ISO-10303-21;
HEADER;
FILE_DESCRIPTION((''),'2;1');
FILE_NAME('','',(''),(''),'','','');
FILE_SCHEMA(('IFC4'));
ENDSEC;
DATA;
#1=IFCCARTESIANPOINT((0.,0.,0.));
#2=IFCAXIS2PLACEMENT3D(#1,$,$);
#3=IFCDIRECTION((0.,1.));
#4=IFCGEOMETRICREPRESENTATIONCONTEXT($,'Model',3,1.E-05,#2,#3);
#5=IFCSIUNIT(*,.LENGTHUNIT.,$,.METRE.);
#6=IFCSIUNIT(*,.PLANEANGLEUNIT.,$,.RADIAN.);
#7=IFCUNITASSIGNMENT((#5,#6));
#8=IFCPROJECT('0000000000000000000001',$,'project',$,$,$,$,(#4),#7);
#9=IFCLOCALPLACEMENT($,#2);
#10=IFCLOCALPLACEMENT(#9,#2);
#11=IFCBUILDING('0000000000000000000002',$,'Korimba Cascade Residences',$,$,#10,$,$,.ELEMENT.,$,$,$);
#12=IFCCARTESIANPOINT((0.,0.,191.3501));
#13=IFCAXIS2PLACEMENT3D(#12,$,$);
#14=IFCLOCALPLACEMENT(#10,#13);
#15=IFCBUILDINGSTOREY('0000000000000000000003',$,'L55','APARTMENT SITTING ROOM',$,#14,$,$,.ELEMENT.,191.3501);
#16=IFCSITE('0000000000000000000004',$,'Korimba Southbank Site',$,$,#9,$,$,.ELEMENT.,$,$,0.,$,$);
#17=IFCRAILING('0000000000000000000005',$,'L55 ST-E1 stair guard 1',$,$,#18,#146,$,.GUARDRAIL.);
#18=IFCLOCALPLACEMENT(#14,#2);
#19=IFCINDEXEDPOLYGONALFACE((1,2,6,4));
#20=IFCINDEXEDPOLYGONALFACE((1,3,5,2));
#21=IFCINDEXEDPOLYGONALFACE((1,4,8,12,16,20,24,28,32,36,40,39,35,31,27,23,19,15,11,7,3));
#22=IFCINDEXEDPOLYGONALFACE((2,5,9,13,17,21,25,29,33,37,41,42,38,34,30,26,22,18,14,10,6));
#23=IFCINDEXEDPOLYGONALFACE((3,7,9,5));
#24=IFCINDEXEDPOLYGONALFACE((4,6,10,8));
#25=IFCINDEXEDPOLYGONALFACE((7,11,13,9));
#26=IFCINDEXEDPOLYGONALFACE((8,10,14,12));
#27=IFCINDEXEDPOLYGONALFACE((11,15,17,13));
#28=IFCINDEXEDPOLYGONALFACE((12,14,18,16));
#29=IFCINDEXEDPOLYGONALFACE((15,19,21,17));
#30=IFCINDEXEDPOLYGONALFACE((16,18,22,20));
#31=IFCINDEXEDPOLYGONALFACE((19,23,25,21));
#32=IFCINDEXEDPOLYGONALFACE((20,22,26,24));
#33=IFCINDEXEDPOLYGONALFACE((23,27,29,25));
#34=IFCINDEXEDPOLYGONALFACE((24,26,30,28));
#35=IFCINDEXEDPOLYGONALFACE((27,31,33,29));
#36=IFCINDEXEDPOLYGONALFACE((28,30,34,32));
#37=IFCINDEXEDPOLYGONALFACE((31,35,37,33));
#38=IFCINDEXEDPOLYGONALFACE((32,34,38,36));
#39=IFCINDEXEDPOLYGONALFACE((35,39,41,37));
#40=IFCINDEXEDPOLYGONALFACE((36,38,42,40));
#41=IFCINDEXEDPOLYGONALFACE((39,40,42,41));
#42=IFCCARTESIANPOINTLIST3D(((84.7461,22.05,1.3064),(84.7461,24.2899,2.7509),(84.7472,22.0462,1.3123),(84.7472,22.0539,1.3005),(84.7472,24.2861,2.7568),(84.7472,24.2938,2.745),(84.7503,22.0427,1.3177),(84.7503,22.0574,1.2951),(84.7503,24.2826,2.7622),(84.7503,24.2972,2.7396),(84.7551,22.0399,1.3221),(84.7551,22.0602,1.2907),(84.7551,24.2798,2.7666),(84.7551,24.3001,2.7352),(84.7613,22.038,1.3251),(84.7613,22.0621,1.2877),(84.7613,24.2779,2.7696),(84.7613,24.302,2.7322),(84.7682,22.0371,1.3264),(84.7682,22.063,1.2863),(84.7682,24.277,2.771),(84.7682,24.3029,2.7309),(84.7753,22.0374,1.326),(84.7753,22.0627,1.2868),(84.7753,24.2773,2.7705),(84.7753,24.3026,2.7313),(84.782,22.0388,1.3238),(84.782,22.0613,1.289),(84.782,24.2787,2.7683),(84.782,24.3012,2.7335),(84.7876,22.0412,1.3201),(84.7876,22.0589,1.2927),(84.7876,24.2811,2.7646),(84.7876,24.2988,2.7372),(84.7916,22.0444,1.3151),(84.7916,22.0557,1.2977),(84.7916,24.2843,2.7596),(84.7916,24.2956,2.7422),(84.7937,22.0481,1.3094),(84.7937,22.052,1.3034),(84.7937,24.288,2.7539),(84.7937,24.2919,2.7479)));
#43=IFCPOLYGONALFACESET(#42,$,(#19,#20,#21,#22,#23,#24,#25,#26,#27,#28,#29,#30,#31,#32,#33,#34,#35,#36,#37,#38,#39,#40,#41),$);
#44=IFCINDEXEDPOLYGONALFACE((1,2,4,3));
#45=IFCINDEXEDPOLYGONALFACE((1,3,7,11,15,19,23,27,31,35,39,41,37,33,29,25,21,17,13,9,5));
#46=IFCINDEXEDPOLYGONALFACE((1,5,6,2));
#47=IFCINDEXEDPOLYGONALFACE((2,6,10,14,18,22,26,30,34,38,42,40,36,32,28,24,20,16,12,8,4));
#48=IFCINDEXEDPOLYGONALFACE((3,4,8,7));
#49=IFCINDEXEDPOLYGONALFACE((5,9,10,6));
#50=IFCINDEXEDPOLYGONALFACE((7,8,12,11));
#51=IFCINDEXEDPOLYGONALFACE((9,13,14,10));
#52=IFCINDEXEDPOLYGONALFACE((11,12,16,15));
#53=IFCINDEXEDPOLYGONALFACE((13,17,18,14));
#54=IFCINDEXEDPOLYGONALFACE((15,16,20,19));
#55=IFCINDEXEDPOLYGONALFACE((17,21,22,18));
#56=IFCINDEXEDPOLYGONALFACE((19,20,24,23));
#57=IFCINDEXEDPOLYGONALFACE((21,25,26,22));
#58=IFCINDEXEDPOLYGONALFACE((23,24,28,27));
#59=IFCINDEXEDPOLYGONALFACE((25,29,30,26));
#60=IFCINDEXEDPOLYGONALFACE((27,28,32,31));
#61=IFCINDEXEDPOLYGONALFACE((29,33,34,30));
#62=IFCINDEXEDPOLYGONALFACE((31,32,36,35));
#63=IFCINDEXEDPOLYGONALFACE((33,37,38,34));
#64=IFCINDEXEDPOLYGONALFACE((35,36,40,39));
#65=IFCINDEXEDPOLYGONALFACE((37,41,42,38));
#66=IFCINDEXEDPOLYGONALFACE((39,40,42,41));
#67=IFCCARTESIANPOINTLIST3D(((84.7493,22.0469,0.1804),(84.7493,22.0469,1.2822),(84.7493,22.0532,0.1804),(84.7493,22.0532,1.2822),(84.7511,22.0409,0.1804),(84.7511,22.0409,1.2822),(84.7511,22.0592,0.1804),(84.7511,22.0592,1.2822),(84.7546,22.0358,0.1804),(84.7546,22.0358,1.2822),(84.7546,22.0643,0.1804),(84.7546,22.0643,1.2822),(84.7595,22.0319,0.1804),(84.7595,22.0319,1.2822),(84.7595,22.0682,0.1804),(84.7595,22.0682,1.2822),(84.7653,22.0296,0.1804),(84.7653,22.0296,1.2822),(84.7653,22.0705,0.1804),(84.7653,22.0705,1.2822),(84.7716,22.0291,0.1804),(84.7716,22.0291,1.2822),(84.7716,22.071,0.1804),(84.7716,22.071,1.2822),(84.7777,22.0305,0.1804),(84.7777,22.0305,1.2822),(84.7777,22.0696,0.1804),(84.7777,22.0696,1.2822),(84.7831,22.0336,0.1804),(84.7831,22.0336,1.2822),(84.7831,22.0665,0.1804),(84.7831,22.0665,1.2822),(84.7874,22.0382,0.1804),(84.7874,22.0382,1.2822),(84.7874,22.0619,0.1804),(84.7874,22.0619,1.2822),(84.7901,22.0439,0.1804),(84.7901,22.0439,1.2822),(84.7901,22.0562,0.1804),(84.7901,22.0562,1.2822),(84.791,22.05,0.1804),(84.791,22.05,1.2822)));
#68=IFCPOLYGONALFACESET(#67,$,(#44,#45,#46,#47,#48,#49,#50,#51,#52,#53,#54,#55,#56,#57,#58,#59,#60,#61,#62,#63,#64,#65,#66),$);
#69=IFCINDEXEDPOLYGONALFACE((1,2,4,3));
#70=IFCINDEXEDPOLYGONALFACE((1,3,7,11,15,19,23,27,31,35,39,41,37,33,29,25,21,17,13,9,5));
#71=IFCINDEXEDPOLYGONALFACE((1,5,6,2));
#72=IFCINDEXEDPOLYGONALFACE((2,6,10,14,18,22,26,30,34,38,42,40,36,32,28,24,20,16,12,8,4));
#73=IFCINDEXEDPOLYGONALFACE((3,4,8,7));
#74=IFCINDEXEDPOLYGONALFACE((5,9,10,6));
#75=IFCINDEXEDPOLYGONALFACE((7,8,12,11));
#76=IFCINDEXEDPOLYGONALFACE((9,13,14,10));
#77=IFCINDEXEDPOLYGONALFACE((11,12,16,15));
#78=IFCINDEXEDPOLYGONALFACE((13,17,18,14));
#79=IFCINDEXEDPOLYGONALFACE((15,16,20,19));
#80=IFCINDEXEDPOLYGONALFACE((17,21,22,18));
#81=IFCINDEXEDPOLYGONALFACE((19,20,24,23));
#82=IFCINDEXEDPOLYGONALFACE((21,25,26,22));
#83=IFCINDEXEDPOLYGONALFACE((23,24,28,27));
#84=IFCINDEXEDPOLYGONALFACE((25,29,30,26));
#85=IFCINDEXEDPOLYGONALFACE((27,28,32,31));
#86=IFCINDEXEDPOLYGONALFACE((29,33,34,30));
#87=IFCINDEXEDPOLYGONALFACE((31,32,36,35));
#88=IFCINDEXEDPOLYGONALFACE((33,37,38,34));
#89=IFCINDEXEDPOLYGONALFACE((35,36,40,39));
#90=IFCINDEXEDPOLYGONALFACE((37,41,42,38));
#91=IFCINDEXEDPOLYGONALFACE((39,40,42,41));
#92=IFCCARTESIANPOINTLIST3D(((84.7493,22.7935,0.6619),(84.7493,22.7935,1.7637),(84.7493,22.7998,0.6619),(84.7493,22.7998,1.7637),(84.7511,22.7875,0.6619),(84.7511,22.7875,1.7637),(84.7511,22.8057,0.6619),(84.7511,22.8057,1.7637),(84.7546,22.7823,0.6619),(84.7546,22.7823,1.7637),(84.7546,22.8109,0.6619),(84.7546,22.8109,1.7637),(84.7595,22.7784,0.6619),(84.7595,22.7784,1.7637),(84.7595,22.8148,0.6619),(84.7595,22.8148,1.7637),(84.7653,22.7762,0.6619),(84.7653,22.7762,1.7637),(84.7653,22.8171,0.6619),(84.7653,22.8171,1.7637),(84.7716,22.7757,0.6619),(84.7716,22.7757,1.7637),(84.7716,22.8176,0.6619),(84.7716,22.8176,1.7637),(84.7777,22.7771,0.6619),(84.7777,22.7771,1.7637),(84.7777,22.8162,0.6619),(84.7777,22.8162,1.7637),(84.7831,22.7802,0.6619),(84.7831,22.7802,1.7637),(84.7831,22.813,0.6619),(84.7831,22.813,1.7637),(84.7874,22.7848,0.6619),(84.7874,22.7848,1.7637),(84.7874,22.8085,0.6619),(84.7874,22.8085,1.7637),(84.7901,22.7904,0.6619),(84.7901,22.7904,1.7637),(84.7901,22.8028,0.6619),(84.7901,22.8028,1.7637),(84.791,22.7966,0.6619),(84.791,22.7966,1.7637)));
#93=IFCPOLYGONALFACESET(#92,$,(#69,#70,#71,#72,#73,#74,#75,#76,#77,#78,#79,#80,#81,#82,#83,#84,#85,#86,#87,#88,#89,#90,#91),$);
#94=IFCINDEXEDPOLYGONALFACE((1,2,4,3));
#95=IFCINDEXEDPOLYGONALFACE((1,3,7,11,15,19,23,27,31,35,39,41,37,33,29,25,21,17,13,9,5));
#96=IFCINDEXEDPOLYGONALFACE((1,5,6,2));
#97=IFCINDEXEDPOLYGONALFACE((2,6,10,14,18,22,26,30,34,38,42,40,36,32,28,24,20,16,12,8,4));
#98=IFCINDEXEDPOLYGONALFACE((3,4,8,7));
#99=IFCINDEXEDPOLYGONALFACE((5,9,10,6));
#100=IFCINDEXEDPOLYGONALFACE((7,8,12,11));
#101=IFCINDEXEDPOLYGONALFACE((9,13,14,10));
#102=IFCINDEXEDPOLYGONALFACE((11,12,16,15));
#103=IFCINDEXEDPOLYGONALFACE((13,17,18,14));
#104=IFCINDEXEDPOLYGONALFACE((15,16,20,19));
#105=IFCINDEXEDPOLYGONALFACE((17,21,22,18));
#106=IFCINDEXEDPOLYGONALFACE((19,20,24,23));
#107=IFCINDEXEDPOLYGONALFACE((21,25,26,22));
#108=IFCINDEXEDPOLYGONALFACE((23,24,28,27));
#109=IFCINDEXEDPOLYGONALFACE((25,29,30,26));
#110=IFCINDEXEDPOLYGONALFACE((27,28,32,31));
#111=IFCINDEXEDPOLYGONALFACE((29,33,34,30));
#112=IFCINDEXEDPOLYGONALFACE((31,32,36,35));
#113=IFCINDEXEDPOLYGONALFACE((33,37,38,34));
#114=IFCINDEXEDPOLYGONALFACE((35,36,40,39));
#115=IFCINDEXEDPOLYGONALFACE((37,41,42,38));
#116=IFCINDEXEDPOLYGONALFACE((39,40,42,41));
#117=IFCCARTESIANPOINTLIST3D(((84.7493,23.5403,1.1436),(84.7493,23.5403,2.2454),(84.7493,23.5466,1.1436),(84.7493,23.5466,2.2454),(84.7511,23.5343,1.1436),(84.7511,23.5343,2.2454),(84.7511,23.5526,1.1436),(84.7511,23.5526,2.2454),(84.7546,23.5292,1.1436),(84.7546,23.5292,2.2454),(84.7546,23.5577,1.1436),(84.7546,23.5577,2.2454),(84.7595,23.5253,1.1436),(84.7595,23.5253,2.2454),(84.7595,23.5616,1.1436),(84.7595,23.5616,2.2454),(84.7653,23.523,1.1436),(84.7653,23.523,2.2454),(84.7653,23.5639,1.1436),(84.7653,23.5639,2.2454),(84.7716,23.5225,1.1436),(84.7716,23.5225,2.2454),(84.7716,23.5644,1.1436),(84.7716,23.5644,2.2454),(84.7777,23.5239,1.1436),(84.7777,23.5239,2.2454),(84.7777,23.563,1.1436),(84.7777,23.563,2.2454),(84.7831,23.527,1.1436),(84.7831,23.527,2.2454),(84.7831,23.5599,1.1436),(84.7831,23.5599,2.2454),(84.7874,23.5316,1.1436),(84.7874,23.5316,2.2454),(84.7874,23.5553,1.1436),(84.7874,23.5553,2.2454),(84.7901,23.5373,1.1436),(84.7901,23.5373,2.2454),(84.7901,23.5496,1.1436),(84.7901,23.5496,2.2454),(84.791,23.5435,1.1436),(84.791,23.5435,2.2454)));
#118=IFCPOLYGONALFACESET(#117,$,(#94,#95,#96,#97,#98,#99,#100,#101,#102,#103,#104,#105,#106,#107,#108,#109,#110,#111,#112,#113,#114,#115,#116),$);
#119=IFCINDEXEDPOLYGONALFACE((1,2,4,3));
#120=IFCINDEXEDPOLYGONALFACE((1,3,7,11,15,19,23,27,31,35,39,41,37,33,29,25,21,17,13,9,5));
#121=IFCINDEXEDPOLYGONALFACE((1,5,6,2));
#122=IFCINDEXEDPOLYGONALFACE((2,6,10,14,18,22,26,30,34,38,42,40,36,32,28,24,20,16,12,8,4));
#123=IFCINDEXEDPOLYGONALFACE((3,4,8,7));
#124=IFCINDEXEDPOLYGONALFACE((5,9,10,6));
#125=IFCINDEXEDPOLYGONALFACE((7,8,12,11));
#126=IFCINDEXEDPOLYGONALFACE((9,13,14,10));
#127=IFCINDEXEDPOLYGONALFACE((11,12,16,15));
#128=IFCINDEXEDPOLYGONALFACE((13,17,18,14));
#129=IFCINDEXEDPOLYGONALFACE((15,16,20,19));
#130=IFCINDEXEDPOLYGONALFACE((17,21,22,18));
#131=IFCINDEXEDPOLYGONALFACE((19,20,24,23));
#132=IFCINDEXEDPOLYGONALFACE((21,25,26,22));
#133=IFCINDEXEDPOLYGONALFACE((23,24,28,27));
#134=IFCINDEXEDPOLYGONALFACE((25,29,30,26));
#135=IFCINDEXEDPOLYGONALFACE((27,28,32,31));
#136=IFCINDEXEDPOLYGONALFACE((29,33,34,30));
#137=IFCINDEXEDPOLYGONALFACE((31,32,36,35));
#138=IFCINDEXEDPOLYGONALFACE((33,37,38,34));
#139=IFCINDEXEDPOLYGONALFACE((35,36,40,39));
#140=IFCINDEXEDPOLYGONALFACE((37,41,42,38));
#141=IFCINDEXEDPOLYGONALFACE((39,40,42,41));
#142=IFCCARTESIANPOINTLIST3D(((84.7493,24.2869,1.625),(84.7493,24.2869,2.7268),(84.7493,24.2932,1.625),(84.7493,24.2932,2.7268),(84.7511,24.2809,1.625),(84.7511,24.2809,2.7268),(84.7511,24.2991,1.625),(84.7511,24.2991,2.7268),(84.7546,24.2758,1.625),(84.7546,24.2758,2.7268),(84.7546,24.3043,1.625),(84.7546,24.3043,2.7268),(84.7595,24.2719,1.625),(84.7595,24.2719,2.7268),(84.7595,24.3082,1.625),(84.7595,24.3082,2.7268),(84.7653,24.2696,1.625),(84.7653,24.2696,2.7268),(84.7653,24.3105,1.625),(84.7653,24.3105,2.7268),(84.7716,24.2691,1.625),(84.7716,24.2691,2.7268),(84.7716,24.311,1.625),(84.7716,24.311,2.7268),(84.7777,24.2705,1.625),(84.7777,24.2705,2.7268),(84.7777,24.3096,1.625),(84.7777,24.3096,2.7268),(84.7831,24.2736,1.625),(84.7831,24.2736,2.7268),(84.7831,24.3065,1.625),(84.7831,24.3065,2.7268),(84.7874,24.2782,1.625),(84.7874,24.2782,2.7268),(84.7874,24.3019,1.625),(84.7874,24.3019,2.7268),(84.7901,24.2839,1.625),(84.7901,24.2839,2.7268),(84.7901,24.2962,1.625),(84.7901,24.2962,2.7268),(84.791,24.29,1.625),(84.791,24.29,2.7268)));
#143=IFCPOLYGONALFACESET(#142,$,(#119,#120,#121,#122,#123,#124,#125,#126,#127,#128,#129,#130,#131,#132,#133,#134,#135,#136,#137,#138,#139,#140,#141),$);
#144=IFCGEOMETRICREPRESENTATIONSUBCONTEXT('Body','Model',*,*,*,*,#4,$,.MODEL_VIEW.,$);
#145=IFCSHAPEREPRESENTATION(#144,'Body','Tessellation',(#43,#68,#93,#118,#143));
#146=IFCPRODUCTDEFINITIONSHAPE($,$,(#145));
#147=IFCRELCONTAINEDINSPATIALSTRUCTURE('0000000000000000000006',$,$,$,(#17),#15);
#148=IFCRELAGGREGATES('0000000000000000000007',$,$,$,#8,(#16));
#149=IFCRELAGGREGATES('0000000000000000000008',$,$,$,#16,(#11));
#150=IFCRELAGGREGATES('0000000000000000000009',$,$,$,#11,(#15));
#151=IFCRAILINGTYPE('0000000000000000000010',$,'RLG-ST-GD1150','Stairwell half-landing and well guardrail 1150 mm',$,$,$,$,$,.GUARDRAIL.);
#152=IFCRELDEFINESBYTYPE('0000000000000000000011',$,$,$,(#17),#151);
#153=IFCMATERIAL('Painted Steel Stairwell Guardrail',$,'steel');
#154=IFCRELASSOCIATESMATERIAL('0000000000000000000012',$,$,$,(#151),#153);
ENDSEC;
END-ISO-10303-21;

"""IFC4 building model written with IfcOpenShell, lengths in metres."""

from ifc_helpers import new_model, si_unit, direction, frame, origin, origin_2d, place, context, subcontext, project, spatial, circle, extrude, material, type_object, element, save


model = new_model("IFC4")

# Units and contexts
model_context = context("Model", 3, precision=1e-05, world=origin(), true_north=direction((0.0, 1.0)))
body_context = subcontext(model_context, "Body", "Model", "MODEL_VIEW")
ifc_project = project(units=[si_unit("LENGTHUNIT", "METRE"), si_unit("PLANEANGLEUNIT", "RADIAN")], contexts=[model_context])

# Site, building, storey
site_placement = place(None, origin())
site = spatial("IfcSite", under=ifc_project, at=site_placement, Name="Korimba Southbank Site", CompositionType="ELEMENT", RefElevation=0.0)
building_placement = place(site_placement, origin())
building = spatial("IfcBuilding", under=site, at=building_placement, Name="Korimba Cascade Residences", CompositionType="ELEMENT")
storey_placement = place(building_placement, frame((0.0, 0.0, 191.3501)))
storey = spatial("IfcBuildingStorey", under=building, at=storey_placement, Name="L55", Description="APARTMENT SITTING ROOM", CompositionType="ELEMENT", Elevation=191.3501)

# Railing
ifc_material_1 = material(Name="Painted Steel Stairwell Guardrail", Category="steel")
railing_type_1 = type_object("IfcRailingType", Name="RLG-ST-GD1150", Description="Stairwell half-landing and well guardrail 1150 mm", PredefinedType="GUARDRAIL", material=ifc_material_1)
railing_1_placement = place(storey_placement, frame((84.77, 22.05, 0.1804)))
element("IfcRailing", 1, at=railing_1_placement, inside=storey, type_object=railing_type_1, Name="L55 ST-E1 stair guard 1", PredefinedType="GUARDRAIL", context=body_context, shape_type="SweptSolid", body=[
    extrude(circle(Radius=0.0239, at=origin_2d()), frame((0.0, 0.0, 1.126), z_axis=(0.0, 0.840395, 0.541975), x_axis=(-1.0, 0.0, 0.0)), (0.0, 0.0, 1.0), 2.6653),
    extrude(circle(Radius=0.021, at=origin_2d()), origin(), (0.0, 0.0, 1.0), 1.1018),
    extrude(circle(Radius=0.021, at=origin_2d()), frame((0.0, 0.7466, 0.4814)), (0.0, 0.0, 1.0), 1.1018),
    extrude(circle(Radius=0.021, at=origin_2d()), frame((0.0, 1.4934, 0.9631)), (0.0, 0.0, 1.0), 1.1018),
    extrude(circle(Radius=0.021, at=origin_2d()), frame((0.0, 2.24, 1.4446)), (0.0, 0.0, 1.0), 1.1018),
])

save(model, "model.ifc")
